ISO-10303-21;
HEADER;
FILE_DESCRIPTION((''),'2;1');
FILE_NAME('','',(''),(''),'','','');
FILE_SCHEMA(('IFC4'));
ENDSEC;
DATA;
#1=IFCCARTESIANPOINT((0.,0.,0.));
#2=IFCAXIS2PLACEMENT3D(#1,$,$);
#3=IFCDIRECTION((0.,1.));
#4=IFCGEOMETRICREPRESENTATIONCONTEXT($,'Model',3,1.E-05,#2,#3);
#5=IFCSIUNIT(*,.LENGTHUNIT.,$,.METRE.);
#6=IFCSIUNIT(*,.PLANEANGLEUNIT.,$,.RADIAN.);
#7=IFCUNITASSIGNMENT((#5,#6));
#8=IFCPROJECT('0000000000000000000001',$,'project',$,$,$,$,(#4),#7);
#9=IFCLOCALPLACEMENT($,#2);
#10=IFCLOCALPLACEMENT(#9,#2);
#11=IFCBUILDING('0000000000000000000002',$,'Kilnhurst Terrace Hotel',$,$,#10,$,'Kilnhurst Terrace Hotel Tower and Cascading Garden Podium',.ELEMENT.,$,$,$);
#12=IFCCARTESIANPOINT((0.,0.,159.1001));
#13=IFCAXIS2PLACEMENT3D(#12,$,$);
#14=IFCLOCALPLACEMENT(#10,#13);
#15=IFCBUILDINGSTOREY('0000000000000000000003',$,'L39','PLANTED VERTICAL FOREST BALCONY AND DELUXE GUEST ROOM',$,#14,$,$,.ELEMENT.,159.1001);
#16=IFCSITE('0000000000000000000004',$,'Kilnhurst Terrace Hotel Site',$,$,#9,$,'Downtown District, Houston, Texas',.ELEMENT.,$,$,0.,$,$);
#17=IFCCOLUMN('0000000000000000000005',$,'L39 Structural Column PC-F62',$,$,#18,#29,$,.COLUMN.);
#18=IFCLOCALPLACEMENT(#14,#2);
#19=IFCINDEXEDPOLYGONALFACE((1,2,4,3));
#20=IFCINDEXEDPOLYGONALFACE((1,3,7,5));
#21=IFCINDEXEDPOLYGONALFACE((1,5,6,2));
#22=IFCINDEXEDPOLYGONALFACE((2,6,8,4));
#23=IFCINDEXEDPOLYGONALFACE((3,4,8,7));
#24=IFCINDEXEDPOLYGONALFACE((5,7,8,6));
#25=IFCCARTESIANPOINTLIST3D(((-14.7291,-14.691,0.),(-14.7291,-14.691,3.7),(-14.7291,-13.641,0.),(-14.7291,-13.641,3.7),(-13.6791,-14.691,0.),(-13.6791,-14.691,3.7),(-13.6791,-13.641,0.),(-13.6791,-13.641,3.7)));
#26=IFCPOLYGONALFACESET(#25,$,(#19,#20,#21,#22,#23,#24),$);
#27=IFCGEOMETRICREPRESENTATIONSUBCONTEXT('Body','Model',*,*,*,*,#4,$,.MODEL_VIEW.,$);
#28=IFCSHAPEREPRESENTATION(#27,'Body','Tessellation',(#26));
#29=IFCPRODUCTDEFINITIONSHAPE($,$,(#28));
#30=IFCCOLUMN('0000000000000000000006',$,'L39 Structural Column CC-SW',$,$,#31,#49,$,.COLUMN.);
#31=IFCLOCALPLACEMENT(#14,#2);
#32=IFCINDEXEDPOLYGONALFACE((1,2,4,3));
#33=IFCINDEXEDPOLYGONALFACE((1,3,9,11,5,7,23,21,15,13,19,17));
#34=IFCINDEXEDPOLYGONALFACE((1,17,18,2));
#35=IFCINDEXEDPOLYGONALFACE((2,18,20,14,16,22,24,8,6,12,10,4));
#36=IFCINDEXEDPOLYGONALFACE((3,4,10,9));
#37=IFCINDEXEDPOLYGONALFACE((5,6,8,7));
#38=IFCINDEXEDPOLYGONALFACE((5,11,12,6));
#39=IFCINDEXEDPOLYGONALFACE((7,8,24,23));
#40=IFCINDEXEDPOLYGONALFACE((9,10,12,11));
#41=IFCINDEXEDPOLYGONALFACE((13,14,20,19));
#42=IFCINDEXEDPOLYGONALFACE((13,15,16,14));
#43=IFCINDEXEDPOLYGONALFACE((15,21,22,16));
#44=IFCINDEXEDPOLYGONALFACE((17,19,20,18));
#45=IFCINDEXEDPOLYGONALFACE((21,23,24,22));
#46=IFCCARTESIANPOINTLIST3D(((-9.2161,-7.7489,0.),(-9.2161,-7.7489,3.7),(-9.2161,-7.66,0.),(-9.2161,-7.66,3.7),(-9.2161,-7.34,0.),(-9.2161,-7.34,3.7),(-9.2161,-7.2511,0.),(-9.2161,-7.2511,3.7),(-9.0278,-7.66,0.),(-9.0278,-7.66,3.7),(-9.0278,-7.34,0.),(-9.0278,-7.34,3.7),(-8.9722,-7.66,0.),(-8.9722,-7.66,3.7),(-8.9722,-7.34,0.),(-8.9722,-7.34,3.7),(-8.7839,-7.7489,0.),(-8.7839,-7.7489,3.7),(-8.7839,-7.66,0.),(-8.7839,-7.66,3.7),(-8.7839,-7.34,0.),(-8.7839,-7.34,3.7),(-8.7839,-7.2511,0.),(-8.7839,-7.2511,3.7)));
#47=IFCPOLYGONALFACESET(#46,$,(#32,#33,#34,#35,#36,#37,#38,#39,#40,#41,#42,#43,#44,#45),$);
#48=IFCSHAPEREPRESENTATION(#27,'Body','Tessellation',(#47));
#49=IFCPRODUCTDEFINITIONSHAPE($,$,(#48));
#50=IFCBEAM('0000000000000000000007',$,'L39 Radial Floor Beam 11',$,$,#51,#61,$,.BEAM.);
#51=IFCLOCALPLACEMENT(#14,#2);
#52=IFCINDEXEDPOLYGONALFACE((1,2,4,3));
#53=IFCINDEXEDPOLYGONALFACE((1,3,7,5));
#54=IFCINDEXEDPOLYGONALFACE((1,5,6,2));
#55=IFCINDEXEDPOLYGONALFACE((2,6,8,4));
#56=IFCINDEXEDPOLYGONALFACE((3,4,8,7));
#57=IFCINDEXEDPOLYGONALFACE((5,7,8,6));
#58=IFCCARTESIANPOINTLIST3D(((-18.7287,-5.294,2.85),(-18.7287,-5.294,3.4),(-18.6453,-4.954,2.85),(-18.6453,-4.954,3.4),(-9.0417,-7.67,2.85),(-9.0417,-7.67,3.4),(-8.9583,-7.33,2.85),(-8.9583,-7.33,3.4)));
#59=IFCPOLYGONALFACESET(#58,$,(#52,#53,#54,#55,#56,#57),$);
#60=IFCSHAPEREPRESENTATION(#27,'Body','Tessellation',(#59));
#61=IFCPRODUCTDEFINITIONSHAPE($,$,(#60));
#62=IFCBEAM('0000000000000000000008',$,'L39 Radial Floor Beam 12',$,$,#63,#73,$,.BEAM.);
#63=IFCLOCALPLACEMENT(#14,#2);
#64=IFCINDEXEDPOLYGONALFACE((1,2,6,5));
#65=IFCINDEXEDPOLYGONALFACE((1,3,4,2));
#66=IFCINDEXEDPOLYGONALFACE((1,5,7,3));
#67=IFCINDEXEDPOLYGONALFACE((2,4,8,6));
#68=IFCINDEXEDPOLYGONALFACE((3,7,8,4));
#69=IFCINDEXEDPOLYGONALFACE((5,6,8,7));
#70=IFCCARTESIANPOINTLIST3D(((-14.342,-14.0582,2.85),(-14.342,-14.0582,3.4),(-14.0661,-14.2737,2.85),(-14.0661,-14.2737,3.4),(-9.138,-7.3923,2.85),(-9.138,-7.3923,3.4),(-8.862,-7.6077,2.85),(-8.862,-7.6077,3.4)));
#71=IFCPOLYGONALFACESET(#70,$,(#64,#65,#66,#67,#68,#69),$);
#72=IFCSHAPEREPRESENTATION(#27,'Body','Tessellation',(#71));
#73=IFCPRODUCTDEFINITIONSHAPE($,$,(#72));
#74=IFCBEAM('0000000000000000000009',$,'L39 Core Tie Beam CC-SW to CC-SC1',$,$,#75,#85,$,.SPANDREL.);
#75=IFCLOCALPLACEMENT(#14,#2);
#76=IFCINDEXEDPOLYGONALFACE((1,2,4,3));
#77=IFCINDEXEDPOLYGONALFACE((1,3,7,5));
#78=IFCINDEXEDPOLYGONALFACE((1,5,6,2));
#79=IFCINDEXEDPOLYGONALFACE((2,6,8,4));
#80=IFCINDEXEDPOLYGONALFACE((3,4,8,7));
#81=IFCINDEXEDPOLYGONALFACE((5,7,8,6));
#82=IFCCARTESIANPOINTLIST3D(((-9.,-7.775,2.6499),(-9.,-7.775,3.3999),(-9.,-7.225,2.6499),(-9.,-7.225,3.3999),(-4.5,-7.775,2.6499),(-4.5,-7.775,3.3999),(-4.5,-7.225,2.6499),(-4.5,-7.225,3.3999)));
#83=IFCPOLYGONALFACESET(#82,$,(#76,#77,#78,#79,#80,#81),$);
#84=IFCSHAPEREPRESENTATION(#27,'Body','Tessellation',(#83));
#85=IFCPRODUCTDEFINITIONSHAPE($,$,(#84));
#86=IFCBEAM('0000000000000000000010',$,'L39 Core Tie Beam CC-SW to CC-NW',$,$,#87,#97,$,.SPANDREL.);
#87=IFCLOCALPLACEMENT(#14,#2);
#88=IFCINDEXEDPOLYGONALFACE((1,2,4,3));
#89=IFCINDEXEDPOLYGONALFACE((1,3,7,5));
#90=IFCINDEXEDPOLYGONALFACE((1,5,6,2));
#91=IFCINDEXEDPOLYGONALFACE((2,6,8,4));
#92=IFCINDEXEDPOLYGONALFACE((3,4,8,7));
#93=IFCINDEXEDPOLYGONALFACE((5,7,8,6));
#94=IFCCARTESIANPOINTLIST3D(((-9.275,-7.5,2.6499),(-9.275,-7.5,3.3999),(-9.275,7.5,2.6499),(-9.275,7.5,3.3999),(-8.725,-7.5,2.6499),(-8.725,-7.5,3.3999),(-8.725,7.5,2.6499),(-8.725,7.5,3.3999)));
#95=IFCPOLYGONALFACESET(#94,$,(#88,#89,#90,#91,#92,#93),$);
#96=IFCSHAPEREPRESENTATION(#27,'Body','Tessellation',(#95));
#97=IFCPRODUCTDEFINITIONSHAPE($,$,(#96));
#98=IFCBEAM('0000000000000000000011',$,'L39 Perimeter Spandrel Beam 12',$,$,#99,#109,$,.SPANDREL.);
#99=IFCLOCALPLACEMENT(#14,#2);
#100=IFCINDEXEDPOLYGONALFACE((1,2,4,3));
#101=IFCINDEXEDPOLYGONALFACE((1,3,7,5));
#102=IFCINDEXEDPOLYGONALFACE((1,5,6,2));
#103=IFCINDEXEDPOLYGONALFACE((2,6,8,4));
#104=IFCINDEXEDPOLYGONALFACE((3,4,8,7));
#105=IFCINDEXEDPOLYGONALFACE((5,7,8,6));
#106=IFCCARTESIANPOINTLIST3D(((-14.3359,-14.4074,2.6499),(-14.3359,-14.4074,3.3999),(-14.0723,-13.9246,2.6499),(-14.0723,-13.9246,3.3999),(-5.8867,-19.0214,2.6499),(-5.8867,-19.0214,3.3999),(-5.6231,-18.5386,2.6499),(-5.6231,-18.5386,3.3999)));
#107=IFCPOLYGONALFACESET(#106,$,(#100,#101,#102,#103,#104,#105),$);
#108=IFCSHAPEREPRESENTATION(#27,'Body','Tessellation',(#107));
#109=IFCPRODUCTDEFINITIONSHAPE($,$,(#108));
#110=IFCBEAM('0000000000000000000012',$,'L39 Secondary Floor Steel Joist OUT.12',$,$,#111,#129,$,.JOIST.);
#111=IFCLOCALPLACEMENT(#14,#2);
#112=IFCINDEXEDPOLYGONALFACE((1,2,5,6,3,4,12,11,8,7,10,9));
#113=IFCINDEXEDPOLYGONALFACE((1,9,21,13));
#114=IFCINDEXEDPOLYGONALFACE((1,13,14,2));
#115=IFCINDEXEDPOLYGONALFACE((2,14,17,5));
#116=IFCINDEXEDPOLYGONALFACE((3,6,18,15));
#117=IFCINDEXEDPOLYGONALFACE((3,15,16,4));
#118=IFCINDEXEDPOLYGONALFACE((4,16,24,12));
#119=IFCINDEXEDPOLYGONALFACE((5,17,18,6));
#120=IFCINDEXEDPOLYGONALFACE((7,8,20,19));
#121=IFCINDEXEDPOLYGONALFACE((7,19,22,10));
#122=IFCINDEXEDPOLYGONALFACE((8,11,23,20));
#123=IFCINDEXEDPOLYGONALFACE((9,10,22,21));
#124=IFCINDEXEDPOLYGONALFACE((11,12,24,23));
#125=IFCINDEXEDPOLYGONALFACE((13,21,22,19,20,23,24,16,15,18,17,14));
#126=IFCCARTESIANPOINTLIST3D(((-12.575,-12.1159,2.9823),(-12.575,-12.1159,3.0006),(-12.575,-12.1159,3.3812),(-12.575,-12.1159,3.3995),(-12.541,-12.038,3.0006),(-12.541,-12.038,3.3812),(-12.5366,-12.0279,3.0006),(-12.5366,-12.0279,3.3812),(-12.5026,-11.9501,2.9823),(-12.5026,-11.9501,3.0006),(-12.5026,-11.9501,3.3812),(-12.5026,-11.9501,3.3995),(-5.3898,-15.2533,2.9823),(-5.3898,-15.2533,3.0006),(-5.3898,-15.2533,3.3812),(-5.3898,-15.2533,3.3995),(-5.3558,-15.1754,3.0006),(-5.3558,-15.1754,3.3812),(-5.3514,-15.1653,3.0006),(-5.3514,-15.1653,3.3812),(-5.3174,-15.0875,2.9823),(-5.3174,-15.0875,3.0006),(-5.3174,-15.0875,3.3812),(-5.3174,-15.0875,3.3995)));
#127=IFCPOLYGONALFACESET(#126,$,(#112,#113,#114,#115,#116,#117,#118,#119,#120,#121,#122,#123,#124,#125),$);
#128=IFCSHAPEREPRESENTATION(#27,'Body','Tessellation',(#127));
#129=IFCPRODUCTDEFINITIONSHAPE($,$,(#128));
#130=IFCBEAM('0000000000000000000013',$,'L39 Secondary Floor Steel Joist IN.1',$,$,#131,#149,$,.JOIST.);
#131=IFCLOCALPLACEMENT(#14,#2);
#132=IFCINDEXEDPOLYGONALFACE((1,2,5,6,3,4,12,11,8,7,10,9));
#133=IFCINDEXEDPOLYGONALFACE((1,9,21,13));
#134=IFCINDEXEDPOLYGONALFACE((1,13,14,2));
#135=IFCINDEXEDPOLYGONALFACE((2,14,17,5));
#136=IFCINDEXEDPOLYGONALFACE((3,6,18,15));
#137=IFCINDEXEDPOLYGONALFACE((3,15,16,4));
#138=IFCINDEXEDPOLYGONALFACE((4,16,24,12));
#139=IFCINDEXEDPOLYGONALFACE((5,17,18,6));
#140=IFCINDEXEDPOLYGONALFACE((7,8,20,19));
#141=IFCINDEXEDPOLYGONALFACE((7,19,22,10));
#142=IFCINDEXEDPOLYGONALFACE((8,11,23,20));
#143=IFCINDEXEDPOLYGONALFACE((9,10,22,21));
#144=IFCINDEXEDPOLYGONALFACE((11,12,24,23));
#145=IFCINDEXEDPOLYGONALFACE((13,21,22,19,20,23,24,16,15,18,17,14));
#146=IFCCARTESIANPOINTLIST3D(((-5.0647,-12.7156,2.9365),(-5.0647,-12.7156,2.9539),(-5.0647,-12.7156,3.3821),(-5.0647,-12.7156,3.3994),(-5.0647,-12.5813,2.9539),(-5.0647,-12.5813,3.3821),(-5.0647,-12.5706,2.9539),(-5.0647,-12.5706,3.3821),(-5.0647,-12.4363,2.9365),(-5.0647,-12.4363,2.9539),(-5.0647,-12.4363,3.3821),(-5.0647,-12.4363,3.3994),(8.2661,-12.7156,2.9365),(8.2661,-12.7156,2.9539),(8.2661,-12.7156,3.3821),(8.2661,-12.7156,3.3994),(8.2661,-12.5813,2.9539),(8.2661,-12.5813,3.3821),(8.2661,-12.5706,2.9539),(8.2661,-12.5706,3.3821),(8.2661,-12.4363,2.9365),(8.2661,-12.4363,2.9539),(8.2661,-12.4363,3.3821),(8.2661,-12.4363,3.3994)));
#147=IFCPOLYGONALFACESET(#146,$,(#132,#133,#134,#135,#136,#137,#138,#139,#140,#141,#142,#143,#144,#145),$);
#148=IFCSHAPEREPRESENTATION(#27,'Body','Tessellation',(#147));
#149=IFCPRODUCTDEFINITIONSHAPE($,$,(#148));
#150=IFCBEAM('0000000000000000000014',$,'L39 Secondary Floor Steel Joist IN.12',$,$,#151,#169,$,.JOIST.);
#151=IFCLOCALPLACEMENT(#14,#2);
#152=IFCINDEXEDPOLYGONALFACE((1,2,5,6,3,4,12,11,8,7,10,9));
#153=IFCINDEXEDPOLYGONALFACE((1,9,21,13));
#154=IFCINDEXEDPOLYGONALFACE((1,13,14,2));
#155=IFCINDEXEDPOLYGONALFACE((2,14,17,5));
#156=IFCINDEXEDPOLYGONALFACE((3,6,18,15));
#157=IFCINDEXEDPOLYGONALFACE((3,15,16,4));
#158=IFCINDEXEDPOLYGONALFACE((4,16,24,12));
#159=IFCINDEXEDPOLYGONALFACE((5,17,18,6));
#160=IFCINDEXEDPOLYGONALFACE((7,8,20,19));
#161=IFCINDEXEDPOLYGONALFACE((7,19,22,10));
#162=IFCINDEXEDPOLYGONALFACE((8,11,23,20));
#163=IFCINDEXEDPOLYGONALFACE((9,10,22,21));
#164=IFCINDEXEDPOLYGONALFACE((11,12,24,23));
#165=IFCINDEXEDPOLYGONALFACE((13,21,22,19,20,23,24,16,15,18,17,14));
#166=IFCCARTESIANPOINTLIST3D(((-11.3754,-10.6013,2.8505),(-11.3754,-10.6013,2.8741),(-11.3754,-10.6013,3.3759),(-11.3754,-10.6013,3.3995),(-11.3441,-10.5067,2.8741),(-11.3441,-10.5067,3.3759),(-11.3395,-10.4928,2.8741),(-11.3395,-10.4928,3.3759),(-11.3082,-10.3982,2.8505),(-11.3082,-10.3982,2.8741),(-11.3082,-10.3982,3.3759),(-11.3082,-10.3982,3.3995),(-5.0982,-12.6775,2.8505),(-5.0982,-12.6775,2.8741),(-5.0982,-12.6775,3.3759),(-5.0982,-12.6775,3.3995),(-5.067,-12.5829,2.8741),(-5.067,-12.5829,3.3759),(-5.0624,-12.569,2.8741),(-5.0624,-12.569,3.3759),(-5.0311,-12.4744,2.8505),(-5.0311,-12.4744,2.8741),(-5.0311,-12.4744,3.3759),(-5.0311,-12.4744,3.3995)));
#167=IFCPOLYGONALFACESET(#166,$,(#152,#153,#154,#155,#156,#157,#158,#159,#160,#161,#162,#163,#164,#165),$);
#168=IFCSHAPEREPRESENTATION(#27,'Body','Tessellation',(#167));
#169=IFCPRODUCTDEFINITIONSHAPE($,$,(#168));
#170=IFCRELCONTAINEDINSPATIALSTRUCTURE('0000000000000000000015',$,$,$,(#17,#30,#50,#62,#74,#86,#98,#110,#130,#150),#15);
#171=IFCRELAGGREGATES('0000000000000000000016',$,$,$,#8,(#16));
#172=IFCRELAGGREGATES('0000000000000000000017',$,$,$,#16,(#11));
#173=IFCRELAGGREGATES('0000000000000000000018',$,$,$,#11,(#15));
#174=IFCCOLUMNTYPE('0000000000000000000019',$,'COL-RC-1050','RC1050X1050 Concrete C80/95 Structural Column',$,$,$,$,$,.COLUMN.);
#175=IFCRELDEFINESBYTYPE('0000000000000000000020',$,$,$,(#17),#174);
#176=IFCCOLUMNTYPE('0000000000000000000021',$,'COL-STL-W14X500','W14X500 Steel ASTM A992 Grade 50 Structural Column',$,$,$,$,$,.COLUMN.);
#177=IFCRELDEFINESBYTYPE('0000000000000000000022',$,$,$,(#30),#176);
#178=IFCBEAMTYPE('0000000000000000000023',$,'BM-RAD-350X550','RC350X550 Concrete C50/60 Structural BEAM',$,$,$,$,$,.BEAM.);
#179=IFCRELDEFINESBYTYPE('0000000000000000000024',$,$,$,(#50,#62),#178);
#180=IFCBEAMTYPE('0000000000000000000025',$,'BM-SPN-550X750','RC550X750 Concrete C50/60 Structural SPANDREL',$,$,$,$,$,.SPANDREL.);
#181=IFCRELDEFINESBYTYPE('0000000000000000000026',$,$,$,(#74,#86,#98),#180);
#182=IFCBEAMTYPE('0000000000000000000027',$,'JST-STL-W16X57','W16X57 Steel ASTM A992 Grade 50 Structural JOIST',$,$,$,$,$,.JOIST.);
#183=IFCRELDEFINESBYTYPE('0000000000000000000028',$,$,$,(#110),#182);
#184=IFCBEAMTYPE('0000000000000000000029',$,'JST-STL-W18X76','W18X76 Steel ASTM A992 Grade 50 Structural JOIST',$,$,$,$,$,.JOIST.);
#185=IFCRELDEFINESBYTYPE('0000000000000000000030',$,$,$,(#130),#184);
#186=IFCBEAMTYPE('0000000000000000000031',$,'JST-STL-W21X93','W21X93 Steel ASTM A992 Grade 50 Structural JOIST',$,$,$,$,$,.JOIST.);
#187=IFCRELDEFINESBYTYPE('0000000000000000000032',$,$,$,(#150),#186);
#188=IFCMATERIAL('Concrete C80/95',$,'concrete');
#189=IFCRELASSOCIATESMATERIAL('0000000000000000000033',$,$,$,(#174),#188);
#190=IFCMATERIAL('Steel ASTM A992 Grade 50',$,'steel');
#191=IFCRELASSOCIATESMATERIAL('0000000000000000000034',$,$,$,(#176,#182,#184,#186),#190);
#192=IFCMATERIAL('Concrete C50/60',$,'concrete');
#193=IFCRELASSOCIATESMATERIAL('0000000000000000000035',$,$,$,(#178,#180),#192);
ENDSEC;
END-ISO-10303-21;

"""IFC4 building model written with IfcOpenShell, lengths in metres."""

from ifc_helpers import new_model, si_unit, direction, frame, origin, origin_2d, place, context, subcontext, project, spatial, rectangle, i_section, extrude, material, material_profile, profile_set, type_object, element, save


model = new_model("IFC4")

# Units and contexts
model_context = context("Model", 3, precision=1e-05, world=origin(), true_north=direction((0.0, 1.0)))
body_context = subcontext(model_context, "Body", "Model", "MODEL_VIEW")
ifc_project = project(units=[si_unit("LENGTHUNIT", "METRE"), si_unit("PLANEANGLEUNIT", "RADIAN")], contexts=[model_context])

# Site, building, storey
site_placement = place(None, origin())
site = spatial("IfcSite", under=ifc_project, at=site_placement, Name="Kilnhurst Terrace Hotel Site", LongName="Downtown District, Houston, Texas", CompositionType="ELEMENT", RefElevation=0.0)
building_placement = place(site_placement, origin())
building = spatial("IfcBuilding", under=site, at=building_placement, Name="Kilnhurst Terrace Hotel", LongName="Kilnhurst Terrace Hotel Tower and Cascading Garden Podium", CompositionType="ELEMENT")
storey_placement = place(building_placement, frame((0.0, 0.0, 159.1001)))
storey = spatial("IfcBuildingStorey", under=building, at=storey_placement, Name="L39", Description="PLANTED VERTICAL FOREST BALCONY AND DELUXE GUEST ROOM", CompositionType="ELEMENT", Elevation=159.1001)

# Columns
ifc_material_1 = material(Name="Concrete C80/95", Category="concrete")
ifc_material_profile_1 = material_profile(ifc_material_1, rectangle(XDim=1.05, YDim=1.05, at=origin_2d()), Name="RC1050X1050")
ifc_profile_set_1 = profile_set([ifc_material_profile_1], Name="Concrete C80/95")
column_type_1 = type_object("IfcColumnType", Name="COL-RC-1050", Description="RC1050X1050 Concrete C80/95 Structural Column", PredefinedType="COLUMN", material=ifc_profile_set_1)
column_1_placement = place(storey_placement, frame((-14.2041, -14.166, 0.0), z_axis=(0.0, 0.0, 1.0), x_axis=(1.0, 0.0, 0.0)))
element("IfcColumn", 1, at=column_1_placement, inside=storey, type_object=column_type_1, Name="L39 Structural Column PC-F62", PredefinedType="COLUMN", context=body_context, shape_type="SweptSolid", body=[
    extrude(rectangle(XDim=1.05, YDim=1.05, at=origin_2d()), origin(), (0.0, 0.0, 1.0), 3.7),
])
ifc_material_2 = material(Name="Steel ASTM A992 Grade 50", Category="steel")
ifc_material_profile_2 = material_profile(ifc_material_2, i_section(OverallWidth=0.4321, OverallDepth=0.4978, WebThickness=0.0557, FlangeThickness=0.0889, at=origin_2d()), Name="W14X500")
ifc_profile_set_2 = profile_set([ifc_material_profile_2], Name="Steel ASTM A992 Grade 50")
column_type_2 = type_object("IfcColumnType", Name="COL-STL-W14X500", Description="W14X500 Steel ASTM A992 Grade 50 Structural Column", PredefinedType="COLUMN", material=ifc_profile_set_2)
column_2_placement = place(storey_placement, frame((-9.0, -7.5, 0.0), z_axis=(0.0, 0.0, 1.0), x_axis=(1.0, 0.0, 0.0)))
element("IfcColumn", 2, at=column_2_placement, inside=storey, type_object=column_type_2, Name="L39 Structural Column CC-SW", PredefinedType="COLUMN", context=body_context, shape_type="SweptSolid", body=[
    extrude(i_section(OverallWidth=0.4321, OverallDepth=0.4978, WebThickness=0.0557, FlangeThickness=0.0889, at=origin_2d()), origin(), (0.0, 0.0, 1.0), 3.7),
])

# Beams
ifc_material_3 = material(Name="Concrete C50/60", Category="concrete")
ifc_material_profile_3 = material_profile(ifc_material_3, rectangle(XDim=0.3501, YDim=0.55, at=origin_2d()), Name="RC350X550")
ifc_profile_set_3 = profile_set([ifc_material_profile_3], Name="Concrete C50/60")
beam_type_1 = type_object("IfcBeamType", Name="BM-RAD-350X550", Description="RC350X550 Concrete C50/60 Structural BEAM", PredefinedType="BEAM", material=ifc_profile_set_3)
beam_1_placement = place(storey_placement, frame((-9.0, -7.5, 3.125), z_axis=(-0.971213, 0.238214, 0.0), x_axis=(-0.238214, -0.971213, 0.0)))
element("IfcBeam", 3, at=beam_1_placement, inside=storey, type_object=beam_type_1, Name="L39 Radial Floor Beam 11", PredefinedType="BEAM", context=body_context, shape_type="SweptSolid", body=[
    extrude(rectangle(XDim=0.3501, YDim=0.55, at=origin_2d()), origin(), (0.0, 0.0, 1.0), 9.9741),
])
beam_2_placement = place(storey_placement, frame((-9.0, -7.5, 3.125), z_axis=(-0.615371, -0.788238, 0.0), x_axis=(0.788238, -0.615371, 0.0)))
element("IfcBeam", 4, at=beam_2_placement, inside=storey, type_object=beam_type_1, Name="L39 Radial Floor Beam 12", PredefinedType="BEAM", context=body_context, shape_type="SweptSolid", body=[
    extrude(rectangle(XDim=0.3501, YDim=0.55, at=origin_2d()), origin(), (0.0, 0.0, 1.0), 8.4568),
])
ifc_material_profile_4 = material_profile(ifc_material_3, rectangle(XDim=0.55, YDim=0.75, at=origin_2d()), Name="RC550X750")
ifc_profile_set_4 = profile_set([ifc_material_profile_4], Name="Concrete C50/60")
beam_type_2 = type_object("IfcBeamType", Name="BM-SPN-550X750", Description="RC550X750 Concrete C50/60 Structural SPANDREL", PredefinedType="SPANDREL", material=ifc_profile_set_4)
beam_3_placement = place(storey_placement, frame((-9.0, -7.5, 3.0249), z_axis=(1.0, 0.0, 0.0), x_axis=(0.0, 1.0, 0.0)))
element("IfcBeam", 5, at=beam_3_placement, inside=storey, type_object=beam_type_2, Name="L39 Core Tie Beam CC-SW to CC-SC1", PredefinedType="SPANDREL", context=body_context, shape_type="SweptSolid", body=[
    extrude(rectangle(XDim=0.55, YDim=0.75, at=origin_2d()), origin(), (0.0, 0.0, 1.0), 4.5),
])
beam_4_placement = place(storey_placement, frame((-9.0, -7.5, 3.0249), z_axis=(0.0, 1.0, 0.0), x_axis=(-1.0, 0.0, 0.0)))
element("IfcBeam", 6, at=beam_4_placement, inside=storey, type_object=beam_type_2, Name="L39 Core Tie Beam CC-SW to CC-NW", PredefinedType="SPANDREL", context=body_context, shape_type="SweptSolid", body=[
    extrude(rectangle(XDim=0.55, YDim=0.75, at=origin_2d()), origin(), (0.0, 0.0, 1.0), 15.0),
])
beam_5_placement = place(storey_placement, frame((-14.2041, -14.166, 3.0249), z_axis=(0.877662, -0.47928, 0.0), x_axis=(0.47928, 0.877662, 0.0)))
element("IfcBeam", 7, at=beam_5_placement, inside=storey, type_object=beam_type_2, Name="L39 Perimeter Spandrel Beam 12", PredefinedType="SPANDREL", context=body_context, shape_type="SweptSolid", body=[
    extrude(rectangle(XDim=0.55, YDim=0.75, at=origin_2d()), origin(), (0.0, 0.0, 1.0), 9.627),
])
ifc_material_profile_5 = material_profile(ifc_material_2, i_section(OverallWidth=0.1809, OverallDepth=0.4172, WebThickness=0.011, FlangeThickness=0.0183, at=origin_2d()), Name="W16X57")
ifc_profile_set_5 = profile_set([ifc_material_profile_5], Name="Steel ASTM A992 Grade 50")
beam_type_3 = type_object("IfcBeamType", Name="JST-STL-W16X57", Description="W16X57 Steel ASTM A992 Grade 50 Structural JOIST", PredefinedType="JOIST", material=ifc_profile_set_5)
beam_6_placement = place(storey_placement, frame((-12.5388, -12.033, 3.1909), z_axis=(0.916444, -0.400164, 0.0), x_axis=(0.400164, 0.916444, 0.0)))
element("IfcBeam", 8, at=beam_6_placement, inside=storey, type_object=beam_type_3, Name="L39 Secondary Floor Steel Joist OUT.12", PredefinedType="JOIST", context=body_context, shape_type="SweptSolid", body=[
    extrude(i_section(OverallWidth=0.1809, OverallDepth=0.4172, WebThickness=0.011, FlangeThickness=0.0183, at=origin_2d()), origin(), (0.0, 0.0, 1.0), 7.8403),
])
ifc_material_profile_6 = material_profile(ifc_material_2, i_section(OverallWidth=0.2793, OverallDepth=0.4629, WebThickness=0.0107, FlangeThickness=0.0173, at=origin_2d()), Name="W18X76")
ifc_profile_set_6 = profile_set([ifc_material_profile_6], Name="Steel ASTM A992 Grade 50")
beam_type_4 = type_object("IfcBeamType", Name="JST-STL-W18X76", Description="W18X76 Steel ASTM A992 Grade 50 Structural JOIST", PredefinedType="JOIST", material=ifc_profile_set_6)
beam_7_placement = place(storey_placement, frame((-5.0647, -12.5759, 3.168), z_axis=(1.0, 0.0, 0.0), x_axis=(0.0, 1.0, 0.0)))
element("IfcBeam", 9, at=beam_7_placement, inside=storey, type_object=beam_type_4, Name="L39 Secondary Floor Steel Joist IN.1", PredefinedType="JOIST", context=body_context, shape_type="SweptSolid", body=[
    extrude(i_section(OverallWidth=0.2793, OverallDepth=0.4629, WebThickness=0.0107, FlangeThickness=0.0173, at=origin_2d()), origin(), (0.0, 0.0, 1.0), 13.3308),
])
ifc_material_profile_7 = material_profile(ifc_material_2, i_section(OverallWidth=0.2139, OverallDepth=0.5491, WebThickness=0.0146, FlangeThickness=0.0237, at=origin_2d()), Name="W21X93")
ifc_profile_set_7 = profile_set([ifc_material_profile_7], Name="Steel ASTM A992 Grade 50")
beam_type_5 = type_object("IfcBeamType", Name="JST-STL-W21X93", Description="W21X93 Steel ASTM A992 Grade 50 Structural JOIST", PredefinedType="JOIST", material=ifc_profile_set_7)
beam_8_placement = place(storey_placement, frame((-11.3418, -10.4998, 3.125), z_axis=(0.949416, -0.314022, 0.0), x_axis=(0.314022, 0.949416, 0.0)))
element("IfcBeam", 10, at=beam_8_placement, inside=storey, type_object=beam_type_5, Name="L39 Secondary Floor Steel Joist IN.12", PredefinedType="JOIST", context=body_context, shape_type="SweptSolid", body=[
    extrude(i_section(OverallWidth=0.2139, OverallDepth=0.5491, WebThickness=0.0146, FlangeThickness=0.0237, at=origin_2d()), origin(), (0.0, 0.0, 1.0), 6.6116),
])

save(model, "model.ifc")
